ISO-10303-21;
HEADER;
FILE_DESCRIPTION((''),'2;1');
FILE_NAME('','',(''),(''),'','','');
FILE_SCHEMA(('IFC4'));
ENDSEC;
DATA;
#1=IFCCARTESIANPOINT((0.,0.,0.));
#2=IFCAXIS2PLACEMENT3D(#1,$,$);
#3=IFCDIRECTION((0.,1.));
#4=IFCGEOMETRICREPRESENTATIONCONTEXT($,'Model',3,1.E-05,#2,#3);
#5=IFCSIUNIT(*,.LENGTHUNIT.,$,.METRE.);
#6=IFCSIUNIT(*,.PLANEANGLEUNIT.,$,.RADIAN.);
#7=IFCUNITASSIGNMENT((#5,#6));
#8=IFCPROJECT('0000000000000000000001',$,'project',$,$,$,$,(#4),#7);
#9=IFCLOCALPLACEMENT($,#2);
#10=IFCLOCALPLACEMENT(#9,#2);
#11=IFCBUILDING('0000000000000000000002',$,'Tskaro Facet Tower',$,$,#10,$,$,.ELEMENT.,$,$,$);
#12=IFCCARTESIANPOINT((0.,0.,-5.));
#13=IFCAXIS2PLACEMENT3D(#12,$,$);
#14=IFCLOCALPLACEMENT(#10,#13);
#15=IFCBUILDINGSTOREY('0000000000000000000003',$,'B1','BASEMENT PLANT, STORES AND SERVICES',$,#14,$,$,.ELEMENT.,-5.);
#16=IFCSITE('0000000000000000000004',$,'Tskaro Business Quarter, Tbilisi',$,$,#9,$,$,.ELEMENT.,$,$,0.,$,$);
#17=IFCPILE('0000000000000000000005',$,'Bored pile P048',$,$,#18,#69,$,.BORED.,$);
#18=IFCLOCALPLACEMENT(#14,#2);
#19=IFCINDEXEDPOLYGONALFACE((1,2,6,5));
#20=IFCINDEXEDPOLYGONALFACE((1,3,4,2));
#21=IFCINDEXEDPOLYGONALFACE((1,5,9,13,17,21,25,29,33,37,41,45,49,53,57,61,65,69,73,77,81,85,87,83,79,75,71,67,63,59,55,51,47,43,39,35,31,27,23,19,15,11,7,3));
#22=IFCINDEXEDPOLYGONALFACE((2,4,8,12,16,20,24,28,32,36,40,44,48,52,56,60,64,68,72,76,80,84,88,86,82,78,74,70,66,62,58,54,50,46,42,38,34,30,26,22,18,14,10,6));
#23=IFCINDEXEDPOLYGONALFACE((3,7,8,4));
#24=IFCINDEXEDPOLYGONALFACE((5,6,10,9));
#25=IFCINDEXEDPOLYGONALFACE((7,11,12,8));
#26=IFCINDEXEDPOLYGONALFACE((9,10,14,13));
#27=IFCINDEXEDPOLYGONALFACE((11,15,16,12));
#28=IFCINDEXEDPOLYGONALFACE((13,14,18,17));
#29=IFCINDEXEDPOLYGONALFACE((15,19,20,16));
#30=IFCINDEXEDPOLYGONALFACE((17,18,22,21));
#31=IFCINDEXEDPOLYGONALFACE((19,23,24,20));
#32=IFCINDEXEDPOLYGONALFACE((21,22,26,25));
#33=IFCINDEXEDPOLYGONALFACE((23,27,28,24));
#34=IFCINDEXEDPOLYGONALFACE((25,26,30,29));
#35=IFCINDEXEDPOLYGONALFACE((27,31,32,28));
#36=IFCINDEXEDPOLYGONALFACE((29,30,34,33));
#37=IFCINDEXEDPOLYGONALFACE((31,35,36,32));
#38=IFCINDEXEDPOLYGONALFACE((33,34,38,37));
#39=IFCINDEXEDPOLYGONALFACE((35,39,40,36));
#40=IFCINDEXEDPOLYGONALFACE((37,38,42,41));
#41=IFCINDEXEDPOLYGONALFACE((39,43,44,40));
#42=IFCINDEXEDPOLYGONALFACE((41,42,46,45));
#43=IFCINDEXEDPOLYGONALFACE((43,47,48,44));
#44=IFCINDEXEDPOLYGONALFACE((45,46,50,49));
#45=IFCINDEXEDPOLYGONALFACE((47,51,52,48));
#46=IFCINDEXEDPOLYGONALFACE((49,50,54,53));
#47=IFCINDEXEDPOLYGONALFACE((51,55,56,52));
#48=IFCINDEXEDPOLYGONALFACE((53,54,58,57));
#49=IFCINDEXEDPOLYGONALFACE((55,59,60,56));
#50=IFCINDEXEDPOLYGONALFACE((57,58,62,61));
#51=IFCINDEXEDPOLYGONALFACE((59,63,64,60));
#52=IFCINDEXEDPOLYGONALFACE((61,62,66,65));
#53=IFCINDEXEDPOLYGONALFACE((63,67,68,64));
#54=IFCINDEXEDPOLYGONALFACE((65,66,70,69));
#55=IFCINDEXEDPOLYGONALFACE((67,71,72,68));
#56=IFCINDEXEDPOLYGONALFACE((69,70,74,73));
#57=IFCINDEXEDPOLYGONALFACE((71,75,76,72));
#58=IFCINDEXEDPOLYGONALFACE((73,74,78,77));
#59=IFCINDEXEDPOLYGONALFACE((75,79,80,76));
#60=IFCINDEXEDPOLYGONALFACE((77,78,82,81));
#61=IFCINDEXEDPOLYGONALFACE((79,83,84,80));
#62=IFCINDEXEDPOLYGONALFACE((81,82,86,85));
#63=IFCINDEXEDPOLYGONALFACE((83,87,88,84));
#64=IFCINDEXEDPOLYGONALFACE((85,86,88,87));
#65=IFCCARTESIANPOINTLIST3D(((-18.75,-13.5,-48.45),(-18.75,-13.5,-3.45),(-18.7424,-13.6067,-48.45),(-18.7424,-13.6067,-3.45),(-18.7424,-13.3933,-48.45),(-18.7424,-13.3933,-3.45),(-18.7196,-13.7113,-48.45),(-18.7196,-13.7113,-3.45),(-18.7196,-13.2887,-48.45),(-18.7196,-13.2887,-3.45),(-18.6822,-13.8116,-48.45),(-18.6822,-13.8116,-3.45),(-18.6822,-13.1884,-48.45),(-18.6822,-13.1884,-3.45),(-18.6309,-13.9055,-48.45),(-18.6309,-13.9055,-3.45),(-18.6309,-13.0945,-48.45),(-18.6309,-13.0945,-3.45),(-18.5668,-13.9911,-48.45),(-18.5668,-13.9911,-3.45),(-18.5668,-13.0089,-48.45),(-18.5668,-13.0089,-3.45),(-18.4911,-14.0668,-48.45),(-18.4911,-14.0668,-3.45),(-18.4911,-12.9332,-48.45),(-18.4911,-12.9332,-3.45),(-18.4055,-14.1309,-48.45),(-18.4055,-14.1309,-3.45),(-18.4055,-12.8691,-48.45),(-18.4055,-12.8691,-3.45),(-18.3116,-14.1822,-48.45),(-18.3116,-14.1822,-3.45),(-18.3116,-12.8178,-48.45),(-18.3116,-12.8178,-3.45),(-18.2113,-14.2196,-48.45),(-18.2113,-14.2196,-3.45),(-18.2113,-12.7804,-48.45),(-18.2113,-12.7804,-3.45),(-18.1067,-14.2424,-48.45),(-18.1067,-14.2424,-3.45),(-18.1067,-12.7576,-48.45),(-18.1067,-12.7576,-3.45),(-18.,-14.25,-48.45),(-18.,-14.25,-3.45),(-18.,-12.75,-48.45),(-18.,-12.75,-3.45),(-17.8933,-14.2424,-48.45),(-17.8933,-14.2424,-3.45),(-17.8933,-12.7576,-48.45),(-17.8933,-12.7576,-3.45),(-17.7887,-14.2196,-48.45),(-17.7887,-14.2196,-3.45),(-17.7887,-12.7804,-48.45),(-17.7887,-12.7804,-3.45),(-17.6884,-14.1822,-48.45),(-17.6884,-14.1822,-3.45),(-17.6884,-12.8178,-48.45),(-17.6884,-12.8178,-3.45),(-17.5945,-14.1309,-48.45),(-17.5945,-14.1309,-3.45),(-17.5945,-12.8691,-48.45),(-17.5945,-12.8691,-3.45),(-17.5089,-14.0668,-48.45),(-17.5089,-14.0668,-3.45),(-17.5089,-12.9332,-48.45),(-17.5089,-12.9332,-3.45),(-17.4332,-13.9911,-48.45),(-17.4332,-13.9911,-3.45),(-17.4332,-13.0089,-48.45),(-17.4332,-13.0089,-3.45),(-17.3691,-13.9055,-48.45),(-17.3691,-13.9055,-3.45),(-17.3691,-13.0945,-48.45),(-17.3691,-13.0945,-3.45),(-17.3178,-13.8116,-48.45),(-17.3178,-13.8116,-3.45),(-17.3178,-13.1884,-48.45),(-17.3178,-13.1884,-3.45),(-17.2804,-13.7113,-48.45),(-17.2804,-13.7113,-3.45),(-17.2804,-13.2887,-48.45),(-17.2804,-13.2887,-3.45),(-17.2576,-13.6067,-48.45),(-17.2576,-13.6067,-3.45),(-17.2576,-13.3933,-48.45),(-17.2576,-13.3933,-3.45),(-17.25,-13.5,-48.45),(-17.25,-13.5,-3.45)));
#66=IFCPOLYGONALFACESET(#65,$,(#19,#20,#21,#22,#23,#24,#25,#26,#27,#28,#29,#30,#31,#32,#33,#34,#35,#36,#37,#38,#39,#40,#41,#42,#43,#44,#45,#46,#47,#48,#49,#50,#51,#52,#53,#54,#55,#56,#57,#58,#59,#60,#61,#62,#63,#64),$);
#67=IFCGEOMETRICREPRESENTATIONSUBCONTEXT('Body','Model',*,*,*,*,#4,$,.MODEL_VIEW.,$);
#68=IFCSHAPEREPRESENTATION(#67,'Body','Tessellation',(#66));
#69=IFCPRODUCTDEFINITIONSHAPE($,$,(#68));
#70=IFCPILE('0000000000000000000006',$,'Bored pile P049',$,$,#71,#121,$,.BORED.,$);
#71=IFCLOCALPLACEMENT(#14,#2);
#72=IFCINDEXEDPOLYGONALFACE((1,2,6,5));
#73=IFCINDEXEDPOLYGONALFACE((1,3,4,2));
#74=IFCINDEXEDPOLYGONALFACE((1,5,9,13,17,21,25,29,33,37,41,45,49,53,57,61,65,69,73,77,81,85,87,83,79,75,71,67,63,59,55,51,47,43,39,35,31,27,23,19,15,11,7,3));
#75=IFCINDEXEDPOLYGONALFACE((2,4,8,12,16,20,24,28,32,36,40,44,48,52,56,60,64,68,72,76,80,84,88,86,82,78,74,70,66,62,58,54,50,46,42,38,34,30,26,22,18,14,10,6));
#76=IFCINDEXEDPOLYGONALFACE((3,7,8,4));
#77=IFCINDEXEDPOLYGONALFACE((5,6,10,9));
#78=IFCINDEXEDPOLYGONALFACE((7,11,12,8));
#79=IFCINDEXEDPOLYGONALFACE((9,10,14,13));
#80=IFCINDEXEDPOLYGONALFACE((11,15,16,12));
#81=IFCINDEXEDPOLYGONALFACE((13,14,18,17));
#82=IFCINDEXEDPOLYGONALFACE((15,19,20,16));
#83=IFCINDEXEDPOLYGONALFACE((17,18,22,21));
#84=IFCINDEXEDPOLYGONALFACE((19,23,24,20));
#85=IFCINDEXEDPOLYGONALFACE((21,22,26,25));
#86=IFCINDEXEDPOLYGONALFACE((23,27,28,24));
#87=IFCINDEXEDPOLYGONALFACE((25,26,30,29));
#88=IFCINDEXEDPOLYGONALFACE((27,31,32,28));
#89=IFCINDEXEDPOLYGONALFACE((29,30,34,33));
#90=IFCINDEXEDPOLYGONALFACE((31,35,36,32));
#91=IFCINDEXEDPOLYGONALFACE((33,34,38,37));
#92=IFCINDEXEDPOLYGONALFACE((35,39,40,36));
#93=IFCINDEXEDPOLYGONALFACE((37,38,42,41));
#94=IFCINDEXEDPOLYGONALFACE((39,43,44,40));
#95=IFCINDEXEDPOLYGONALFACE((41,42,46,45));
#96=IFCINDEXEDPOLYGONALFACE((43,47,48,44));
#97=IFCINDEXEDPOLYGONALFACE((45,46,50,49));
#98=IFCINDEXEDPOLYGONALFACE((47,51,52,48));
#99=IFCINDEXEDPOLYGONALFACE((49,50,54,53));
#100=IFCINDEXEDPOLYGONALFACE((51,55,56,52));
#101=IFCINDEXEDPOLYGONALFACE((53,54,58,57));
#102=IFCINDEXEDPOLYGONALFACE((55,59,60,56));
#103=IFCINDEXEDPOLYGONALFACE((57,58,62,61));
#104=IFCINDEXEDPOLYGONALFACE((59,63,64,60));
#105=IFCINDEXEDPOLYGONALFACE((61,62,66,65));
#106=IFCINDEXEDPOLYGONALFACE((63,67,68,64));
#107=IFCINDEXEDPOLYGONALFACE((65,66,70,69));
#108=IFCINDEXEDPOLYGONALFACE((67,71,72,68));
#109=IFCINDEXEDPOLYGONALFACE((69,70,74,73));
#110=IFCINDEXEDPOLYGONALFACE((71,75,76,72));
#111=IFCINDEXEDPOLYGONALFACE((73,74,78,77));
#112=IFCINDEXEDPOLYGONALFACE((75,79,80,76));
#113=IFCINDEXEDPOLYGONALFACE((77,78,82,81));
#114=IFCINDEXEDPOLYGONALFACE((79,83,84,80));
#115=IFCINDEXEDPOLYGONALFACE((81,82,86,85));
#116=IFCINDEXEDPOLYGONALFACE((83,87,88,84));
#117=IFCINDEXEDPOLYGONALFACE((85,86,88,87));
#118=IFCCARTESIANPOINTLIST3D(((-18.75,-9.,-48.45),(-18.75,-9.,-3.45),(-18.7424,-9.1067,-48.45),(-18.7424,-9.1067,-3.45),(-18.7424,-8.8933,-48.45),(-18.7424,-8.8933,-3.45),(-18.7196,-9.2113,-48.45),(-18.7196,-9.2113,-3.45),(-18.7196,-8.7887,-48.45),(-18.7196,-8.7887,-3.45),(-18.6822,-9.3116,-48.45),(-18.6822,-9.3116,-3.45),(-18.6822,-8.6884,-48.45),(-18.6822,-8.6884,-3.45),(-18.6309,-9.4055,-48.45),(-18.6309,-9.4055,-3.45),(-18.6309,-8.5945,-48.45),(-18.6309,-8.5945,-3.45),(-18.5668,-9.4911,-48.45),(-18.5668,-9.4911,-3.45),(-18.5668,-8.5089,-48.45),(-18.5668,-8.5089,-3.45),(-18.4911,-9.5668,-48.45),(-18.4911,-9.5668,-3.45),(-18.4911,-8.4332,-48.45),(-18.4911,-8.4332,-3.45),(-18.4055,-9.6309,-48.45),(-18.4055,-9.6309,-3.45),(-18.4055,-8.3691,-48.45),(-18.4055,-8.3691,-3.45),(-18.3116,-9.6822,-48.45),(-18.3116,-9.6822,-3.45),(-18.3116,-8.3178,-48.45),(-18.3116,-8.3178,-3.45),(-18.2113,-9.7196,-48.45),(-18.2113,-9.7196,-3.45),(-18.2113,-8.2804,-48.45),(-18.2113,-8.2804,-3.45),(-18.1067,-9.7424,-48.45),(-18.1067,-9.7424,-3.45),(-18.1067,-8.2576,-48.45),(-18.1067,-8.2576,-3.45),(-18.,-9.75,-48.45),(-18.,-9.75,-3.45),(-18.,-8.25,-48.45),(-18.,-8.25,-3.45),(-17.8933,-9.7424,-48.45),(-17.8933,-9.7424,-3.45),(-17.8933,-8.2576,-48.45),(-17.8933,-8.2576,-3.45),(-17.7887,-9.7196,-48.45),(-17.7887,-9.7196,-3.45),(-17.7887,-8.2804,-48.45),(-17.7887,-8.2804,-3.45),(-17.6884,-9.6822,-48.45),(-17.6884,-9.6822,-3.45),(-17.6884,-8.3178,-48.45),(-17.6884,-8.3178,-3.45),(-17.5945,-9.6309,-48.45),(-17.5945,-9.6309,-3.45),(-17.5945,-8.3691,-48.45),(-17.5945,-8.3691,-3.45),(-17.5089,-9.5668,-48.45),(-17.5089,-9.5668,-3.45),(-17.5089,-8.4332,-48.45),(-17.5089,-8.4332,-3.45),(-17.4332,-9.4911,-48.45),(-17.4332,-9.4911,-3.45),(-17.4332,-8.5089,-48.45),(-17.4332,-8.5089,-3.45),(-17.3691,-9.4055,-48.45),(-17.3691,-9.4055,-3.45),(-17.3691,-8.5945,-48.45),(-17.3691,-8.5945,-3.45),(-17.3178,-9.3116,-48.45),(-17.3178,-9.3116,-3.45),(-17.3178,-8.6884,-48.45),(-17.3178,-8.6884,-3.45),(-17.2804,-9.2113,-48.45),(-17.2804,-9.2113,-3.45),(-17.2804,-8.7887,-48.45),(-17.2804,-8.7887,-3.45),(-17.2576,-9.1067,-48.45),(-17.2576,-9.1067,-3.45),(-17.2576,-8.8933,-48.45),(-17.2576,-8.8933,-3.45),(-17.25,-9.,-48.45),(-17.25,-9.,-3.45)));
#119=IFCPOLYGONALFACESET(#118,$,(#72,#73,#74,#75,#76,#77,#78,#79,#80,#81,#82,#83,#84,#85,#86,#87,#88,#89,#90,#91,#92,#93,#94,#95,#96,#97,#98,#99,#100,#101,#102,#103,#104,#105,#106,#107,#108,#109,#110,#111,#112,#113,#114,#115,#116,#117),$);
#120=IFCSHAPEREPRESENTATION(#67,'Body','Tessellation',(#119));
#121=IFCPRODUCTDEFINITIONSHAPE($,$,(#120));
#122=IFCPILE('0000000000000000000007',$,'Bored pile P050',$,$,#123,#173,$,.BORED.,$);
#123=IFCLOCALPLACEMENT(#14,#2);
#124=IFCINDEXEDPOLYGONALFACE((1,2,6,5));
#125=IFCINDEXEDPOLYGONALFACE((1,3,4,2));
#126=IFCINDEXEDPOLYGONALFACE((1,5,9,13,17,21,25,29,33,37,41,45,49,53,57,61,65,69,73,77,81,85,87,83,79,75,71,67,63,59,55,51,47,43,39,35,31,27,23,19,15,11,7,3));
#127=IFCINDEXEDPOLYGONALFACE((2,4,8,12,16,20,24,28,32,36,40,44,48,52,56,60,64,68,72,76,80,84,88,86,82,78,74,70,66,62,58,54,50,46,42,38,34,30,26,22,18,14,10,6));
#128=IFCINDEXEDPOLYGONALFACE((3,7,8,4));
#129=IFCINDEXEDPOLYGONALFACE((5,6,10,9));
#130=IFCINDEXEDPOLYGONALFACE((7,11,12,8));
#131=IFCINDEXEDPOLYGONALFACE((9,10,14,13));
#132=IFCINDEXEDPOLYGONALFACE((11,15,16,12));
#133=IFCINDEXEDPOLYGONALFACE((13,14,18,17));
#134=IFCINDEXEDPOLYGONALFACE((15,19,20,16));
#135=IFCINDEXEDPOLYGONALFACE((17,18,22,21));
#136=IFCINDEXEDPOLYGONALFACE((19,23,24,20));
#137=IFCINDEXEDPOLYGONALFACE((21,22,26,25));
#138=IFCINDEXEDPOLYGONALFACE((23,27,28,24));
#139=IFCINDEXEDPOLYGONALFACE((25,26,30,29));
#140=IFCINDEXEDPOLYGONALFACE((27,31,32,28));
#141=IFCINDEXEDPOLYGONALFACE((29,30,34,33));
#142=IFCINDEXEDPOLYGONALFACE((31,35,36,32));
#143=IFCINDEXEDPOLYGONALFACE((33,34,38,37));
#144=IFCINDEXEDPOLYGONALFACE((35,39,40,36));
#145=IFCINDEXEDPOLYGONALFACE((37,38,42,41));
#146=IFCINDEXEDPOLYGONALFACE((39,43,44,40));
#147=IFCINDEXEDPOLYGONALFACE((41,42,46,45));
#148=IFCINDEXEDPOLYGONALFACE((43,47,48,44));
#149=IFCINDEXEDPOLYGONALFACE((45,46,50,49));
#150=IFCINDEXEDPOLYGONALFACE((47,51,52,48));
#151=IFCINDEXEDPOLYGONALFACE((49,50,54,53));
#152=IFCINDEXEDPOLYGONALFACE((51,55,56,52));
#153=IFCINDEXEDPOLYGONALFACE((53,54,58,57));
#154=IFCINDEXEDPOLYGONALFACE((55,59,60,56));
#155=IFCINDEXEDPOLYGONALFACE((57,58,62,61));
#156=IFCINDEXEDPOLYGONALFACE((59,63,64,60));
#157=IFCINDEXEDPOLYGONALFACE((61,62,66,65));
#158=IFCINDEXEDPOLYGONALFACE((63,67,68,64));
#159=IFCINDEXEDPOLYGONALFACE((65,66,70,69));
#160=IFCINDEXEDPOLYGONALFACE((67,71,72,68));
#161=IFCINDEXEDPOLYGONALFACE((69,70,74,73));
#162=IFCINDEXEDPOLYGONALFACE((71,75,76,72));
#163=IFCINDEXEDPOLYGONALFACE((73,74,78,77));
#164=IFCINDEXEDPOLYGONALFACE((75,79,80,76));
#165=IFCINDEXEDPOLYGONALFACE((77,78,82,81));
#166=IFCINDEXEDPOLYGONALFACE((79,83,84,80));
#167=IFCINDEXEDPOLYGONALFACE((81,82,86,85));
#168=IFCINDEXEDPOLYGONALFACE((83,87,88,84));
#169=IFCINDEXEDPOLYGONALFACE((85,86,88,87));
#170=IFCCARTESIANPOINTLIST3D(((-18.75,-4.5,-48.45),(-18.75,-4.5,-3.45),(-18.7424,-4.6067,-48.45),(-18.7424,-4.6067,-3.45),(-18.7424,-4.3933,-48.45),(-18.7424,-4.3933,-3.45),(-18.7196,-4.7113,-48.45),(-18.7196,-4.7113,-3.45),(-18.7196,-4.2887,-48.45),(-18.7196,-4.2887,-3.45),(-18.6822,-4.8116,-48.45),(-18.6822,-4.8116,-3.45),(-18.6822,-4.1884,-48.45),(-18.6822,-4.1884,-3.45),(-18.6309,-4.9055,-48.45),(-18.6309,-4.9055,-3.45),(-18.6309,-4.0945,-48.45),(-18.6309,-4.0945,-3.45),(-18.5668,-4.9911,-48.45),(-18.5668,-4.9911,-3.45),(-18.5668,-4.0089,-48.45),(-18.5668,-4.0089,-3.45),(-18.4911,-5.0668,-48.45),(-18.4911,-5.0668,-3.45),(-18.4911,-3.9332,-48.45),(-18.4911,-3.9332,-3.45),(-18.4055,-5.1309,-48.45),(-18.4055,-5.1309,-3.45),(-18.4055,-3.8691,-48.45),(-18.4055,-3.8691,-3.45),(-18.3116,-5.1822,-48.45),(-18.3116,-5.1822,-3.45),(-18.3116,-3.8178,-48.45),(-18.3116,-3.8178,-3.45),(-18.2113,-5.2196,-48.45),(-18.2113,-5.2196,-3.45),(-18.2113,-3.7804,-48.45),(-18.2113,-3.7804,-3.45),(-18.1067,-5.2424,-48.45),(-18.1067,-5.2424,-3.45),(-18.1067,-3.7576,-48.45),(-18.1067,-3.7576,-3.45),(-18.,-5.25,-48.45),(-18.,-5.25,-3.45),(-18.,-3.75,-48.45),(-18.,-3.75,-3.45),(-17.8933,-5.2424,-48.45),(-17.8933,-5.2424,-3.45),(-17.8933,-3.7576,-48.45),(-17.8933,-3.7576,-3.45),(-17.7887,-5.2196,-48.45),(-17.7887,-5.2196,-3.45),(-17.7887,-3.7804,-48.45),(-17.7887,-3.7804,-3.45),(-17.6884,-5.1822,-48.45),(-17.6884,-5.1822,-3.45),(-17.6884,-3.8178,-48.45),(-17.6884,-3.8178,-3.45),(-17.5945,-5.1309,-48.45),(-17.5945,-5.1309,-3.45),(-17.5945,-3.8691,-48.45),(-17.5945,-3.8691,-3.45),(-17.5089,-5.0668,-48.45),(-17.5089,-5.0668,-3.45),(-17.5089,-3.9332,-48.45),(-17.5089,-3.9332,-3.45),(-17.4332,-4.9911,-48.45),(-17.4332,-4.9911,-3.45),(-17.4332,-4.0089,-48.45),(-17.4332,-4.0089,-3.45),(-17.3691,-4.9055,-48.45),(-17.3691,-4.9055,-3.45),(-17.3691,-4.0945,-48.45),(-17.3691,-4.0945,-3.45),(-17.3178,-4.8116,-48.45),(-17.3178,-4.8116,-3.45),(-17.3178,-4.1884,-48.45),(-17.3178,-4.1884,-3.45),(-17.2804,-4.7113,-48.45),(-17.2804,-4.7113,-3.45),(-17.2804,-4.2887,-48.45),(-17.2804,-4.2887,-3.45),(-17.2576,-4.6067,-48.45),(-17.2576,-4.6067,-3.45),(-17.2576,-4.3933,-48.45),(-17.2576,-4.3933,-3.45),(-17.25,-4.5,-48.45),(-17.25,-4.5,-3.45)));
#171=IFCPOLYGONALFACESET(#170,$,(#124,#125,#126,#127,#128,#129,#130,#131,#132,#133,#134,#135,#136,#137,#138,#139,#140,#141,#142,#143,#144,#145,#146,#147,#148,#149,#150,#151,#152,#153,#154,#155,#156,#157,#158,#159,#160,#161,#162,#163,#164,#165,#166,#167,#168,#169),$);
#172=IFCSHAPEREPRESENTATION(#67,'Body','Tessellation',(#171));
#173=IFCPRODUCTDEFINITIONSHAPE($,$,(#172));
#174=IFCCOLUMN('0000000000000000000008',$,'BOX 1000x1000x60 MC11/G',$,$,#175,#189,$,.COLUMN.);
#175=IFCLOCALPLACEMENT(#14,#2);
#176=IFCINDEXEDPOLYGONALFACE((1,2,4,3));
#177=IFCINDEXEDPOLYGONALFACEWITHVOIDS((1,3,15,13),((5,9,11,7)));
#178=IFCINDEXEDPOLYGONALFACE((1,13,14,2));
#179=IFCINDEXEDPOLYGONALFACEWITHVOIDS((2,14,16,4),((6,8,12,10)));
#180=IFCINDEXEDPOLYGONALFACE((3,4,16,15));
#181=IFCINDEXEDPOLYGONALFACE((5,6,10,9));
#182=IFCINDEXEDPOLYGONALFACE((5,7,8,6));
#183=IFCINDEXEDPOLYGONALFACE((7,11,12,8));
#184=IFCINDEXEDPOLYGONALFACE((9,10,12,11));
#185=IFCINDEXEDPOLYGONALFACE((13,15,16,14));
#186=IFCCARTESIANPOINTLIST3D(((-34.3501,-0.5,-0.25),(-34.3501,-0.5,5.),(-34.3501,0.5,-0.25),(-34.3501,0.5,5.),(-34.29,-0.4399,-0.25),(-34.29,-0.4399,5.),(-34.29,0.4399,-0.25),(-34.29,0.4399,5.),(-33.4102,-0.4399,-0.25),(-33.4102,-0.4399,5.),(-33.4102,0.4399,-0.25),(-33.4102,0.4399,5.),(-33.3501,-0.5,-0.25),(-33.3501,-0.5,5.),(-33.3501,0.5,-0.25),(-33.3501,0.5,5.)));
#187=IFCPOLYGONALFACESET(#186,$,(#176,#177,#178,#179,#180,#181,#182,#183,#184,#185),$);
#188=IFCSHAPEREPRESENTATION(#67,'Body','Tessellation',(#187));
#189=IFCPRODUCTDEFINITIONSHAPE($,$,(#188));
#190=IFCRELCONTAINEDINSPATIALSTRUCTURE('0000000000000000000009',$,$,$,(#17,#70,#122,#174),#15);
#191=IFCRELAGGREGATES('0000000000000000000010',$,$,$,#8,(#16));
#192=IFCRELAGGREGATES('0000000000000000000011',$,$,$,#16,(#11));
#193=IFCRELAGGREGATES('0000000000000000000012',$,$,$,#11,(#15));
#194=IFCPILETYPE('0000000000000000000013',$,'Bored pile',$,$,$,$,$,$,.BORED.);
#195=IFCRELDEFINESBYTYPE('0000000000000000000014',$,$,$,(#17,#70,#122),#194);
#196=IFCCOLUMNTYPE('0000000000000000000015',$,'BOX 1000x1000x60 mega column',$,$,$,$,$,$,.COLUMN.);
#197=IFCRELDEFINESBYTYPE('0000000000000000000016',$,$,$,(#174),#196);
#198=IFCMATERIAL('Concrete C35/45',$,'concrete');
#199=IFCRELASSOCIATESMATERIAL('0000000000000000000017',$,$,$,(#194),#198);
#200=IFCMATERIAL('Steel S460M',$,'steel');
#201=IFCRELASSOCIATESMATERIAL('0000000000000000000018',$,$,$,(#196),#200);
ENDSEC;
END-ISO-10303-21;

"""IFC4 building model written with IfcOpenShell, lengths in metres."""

from ifc_helpers import new_model, si_unit, direction, frame, origin, origin_2d, place, context, subcontext, project, spatial, hollow_rectangle, circle, extrude, material, material_profile, profile_set, type_object, element, save


model = new_model("IFC4")

# Units and contexts
model_context = context("Model", 3, precision=1e-05, world=origin(), true_north=direction((0.0, 1.0)))
body_context = subcontext(model_context, "Body", "Model", "MODEL_VIEW")
ifc_project = project(units=[si_unit("LENGTHUNIT", "METRE"), si_unit("PLANEANGLEUNIT", "RADIAN")], contexts=[model_context])

# Site, building, storey
site_placement = place(None, origin())
site = spatial("IfcSite", under=ifc_project, at=site_placement, Name="Tskaro Business Quarter, Tbilisi", CompositionType="ELEMENT", RefElevation=0.0)
building_placement = place(site_placement, origin())
building = spatial("IfcBuilding", under=site, at=building_placement, Name="Tskaro Facet Tower", CompositionType="ELEMENT")
storey_placement = place(building_placement, frame((0.0, 0.0, -5.0)))
storey = spatial("IfcBuildingStorey", under=building, at=storey_placement, Name="B1", Description="BASEMENT PLANT, STORES AND SERVICES", CompositionType="ELEMENT", Elevation=-5.0)

# Piles
ifc_material_1 = material(Name="Concrete C35/45", Category="concrete")
ifc_material_profile_1 = material_profile(ifc_material_1, circle(Radius=0.75, at=origin_2d()), Name="Bored pile")
ifc_profile_set_1 = profile_set([ifc_material_profile_1], Name="Concrete C35/45")
pile_type = type_object("IfcPileType", Name="Bored pile", PredefinedType="BORED", material=ifc_profile_set_1)
for number, where, z_axis, x_axis, name in (
    (1, (-18.0, -13.5, -3.45), (0.0, 0.0, -1.0), (1.0, 0.0, 0.0), "Bored pile P048"),
    (2, (-18.0, -9.0, -3.45), (0.0, 0.0, -1.0), (1.0, 0.0, 0.0), "Bored pile P049"),
    (3, (-18.0, -4.5, -3.45), (0.0, 0.0, -1.0), (1.0, 0.0, 0.0), "Bored pile P050"),
):
    element("IfcPile", number, at=place(storey_placement, frame(where, z_axis=z_axis, x_axis=x_axis)), inside=storey, type_object=pile_type, Name=name, PredefinedType="BORED", context=body_context, shape_type="SweptSolid", body=[
        extrude(circle(Radius=0.75, at=origin_2d()), origin(), (0.0, 0.0, 1.0), 45.0),
    ])

# Column
ifc_material_2 = material(Name="Steel S460M", Category="steel")
ifc_material_profile_2 = material_profile(ifc_material_2, hollow_rectangle(XDim=1.0, YDim=1.0, WallThickness=0.0601, at=origin_2d()), Name="BOX 1000x1000x60")
ifc_profile_set_2 = profile_set([ifc_material_profile_2], Name="Steel S460M")
column_type_1 = type_object("IfcColumnType", Name="BOX 1000x1000x60 mega column", PredefinedType="COLUMN", material=ifc_profile_set_2)
column_placement = place(storey_placement, frame((-33.8501, 0.0, -0.25), z_axis=(0.0, 0.0, 1.0), x_axis=(1.0, 0.0, 0.0)))
element("IfcColumn", 4, at=column_placement, inside=storey, type_object=column_type_1, Name="BOX 1000x1000x60 MC11/G", PredefinedType="COLUMN", context=body_context, shape_type="SweptSolid", body=[
    extrude(hollow_rectangle(XDim=1.0, YDim=1.0, WallThickness=0.0601, at=origin_2d()), origin(), (0.0, 0.0, 1.0), 5.25),
])

save(model, "model.ifc")
